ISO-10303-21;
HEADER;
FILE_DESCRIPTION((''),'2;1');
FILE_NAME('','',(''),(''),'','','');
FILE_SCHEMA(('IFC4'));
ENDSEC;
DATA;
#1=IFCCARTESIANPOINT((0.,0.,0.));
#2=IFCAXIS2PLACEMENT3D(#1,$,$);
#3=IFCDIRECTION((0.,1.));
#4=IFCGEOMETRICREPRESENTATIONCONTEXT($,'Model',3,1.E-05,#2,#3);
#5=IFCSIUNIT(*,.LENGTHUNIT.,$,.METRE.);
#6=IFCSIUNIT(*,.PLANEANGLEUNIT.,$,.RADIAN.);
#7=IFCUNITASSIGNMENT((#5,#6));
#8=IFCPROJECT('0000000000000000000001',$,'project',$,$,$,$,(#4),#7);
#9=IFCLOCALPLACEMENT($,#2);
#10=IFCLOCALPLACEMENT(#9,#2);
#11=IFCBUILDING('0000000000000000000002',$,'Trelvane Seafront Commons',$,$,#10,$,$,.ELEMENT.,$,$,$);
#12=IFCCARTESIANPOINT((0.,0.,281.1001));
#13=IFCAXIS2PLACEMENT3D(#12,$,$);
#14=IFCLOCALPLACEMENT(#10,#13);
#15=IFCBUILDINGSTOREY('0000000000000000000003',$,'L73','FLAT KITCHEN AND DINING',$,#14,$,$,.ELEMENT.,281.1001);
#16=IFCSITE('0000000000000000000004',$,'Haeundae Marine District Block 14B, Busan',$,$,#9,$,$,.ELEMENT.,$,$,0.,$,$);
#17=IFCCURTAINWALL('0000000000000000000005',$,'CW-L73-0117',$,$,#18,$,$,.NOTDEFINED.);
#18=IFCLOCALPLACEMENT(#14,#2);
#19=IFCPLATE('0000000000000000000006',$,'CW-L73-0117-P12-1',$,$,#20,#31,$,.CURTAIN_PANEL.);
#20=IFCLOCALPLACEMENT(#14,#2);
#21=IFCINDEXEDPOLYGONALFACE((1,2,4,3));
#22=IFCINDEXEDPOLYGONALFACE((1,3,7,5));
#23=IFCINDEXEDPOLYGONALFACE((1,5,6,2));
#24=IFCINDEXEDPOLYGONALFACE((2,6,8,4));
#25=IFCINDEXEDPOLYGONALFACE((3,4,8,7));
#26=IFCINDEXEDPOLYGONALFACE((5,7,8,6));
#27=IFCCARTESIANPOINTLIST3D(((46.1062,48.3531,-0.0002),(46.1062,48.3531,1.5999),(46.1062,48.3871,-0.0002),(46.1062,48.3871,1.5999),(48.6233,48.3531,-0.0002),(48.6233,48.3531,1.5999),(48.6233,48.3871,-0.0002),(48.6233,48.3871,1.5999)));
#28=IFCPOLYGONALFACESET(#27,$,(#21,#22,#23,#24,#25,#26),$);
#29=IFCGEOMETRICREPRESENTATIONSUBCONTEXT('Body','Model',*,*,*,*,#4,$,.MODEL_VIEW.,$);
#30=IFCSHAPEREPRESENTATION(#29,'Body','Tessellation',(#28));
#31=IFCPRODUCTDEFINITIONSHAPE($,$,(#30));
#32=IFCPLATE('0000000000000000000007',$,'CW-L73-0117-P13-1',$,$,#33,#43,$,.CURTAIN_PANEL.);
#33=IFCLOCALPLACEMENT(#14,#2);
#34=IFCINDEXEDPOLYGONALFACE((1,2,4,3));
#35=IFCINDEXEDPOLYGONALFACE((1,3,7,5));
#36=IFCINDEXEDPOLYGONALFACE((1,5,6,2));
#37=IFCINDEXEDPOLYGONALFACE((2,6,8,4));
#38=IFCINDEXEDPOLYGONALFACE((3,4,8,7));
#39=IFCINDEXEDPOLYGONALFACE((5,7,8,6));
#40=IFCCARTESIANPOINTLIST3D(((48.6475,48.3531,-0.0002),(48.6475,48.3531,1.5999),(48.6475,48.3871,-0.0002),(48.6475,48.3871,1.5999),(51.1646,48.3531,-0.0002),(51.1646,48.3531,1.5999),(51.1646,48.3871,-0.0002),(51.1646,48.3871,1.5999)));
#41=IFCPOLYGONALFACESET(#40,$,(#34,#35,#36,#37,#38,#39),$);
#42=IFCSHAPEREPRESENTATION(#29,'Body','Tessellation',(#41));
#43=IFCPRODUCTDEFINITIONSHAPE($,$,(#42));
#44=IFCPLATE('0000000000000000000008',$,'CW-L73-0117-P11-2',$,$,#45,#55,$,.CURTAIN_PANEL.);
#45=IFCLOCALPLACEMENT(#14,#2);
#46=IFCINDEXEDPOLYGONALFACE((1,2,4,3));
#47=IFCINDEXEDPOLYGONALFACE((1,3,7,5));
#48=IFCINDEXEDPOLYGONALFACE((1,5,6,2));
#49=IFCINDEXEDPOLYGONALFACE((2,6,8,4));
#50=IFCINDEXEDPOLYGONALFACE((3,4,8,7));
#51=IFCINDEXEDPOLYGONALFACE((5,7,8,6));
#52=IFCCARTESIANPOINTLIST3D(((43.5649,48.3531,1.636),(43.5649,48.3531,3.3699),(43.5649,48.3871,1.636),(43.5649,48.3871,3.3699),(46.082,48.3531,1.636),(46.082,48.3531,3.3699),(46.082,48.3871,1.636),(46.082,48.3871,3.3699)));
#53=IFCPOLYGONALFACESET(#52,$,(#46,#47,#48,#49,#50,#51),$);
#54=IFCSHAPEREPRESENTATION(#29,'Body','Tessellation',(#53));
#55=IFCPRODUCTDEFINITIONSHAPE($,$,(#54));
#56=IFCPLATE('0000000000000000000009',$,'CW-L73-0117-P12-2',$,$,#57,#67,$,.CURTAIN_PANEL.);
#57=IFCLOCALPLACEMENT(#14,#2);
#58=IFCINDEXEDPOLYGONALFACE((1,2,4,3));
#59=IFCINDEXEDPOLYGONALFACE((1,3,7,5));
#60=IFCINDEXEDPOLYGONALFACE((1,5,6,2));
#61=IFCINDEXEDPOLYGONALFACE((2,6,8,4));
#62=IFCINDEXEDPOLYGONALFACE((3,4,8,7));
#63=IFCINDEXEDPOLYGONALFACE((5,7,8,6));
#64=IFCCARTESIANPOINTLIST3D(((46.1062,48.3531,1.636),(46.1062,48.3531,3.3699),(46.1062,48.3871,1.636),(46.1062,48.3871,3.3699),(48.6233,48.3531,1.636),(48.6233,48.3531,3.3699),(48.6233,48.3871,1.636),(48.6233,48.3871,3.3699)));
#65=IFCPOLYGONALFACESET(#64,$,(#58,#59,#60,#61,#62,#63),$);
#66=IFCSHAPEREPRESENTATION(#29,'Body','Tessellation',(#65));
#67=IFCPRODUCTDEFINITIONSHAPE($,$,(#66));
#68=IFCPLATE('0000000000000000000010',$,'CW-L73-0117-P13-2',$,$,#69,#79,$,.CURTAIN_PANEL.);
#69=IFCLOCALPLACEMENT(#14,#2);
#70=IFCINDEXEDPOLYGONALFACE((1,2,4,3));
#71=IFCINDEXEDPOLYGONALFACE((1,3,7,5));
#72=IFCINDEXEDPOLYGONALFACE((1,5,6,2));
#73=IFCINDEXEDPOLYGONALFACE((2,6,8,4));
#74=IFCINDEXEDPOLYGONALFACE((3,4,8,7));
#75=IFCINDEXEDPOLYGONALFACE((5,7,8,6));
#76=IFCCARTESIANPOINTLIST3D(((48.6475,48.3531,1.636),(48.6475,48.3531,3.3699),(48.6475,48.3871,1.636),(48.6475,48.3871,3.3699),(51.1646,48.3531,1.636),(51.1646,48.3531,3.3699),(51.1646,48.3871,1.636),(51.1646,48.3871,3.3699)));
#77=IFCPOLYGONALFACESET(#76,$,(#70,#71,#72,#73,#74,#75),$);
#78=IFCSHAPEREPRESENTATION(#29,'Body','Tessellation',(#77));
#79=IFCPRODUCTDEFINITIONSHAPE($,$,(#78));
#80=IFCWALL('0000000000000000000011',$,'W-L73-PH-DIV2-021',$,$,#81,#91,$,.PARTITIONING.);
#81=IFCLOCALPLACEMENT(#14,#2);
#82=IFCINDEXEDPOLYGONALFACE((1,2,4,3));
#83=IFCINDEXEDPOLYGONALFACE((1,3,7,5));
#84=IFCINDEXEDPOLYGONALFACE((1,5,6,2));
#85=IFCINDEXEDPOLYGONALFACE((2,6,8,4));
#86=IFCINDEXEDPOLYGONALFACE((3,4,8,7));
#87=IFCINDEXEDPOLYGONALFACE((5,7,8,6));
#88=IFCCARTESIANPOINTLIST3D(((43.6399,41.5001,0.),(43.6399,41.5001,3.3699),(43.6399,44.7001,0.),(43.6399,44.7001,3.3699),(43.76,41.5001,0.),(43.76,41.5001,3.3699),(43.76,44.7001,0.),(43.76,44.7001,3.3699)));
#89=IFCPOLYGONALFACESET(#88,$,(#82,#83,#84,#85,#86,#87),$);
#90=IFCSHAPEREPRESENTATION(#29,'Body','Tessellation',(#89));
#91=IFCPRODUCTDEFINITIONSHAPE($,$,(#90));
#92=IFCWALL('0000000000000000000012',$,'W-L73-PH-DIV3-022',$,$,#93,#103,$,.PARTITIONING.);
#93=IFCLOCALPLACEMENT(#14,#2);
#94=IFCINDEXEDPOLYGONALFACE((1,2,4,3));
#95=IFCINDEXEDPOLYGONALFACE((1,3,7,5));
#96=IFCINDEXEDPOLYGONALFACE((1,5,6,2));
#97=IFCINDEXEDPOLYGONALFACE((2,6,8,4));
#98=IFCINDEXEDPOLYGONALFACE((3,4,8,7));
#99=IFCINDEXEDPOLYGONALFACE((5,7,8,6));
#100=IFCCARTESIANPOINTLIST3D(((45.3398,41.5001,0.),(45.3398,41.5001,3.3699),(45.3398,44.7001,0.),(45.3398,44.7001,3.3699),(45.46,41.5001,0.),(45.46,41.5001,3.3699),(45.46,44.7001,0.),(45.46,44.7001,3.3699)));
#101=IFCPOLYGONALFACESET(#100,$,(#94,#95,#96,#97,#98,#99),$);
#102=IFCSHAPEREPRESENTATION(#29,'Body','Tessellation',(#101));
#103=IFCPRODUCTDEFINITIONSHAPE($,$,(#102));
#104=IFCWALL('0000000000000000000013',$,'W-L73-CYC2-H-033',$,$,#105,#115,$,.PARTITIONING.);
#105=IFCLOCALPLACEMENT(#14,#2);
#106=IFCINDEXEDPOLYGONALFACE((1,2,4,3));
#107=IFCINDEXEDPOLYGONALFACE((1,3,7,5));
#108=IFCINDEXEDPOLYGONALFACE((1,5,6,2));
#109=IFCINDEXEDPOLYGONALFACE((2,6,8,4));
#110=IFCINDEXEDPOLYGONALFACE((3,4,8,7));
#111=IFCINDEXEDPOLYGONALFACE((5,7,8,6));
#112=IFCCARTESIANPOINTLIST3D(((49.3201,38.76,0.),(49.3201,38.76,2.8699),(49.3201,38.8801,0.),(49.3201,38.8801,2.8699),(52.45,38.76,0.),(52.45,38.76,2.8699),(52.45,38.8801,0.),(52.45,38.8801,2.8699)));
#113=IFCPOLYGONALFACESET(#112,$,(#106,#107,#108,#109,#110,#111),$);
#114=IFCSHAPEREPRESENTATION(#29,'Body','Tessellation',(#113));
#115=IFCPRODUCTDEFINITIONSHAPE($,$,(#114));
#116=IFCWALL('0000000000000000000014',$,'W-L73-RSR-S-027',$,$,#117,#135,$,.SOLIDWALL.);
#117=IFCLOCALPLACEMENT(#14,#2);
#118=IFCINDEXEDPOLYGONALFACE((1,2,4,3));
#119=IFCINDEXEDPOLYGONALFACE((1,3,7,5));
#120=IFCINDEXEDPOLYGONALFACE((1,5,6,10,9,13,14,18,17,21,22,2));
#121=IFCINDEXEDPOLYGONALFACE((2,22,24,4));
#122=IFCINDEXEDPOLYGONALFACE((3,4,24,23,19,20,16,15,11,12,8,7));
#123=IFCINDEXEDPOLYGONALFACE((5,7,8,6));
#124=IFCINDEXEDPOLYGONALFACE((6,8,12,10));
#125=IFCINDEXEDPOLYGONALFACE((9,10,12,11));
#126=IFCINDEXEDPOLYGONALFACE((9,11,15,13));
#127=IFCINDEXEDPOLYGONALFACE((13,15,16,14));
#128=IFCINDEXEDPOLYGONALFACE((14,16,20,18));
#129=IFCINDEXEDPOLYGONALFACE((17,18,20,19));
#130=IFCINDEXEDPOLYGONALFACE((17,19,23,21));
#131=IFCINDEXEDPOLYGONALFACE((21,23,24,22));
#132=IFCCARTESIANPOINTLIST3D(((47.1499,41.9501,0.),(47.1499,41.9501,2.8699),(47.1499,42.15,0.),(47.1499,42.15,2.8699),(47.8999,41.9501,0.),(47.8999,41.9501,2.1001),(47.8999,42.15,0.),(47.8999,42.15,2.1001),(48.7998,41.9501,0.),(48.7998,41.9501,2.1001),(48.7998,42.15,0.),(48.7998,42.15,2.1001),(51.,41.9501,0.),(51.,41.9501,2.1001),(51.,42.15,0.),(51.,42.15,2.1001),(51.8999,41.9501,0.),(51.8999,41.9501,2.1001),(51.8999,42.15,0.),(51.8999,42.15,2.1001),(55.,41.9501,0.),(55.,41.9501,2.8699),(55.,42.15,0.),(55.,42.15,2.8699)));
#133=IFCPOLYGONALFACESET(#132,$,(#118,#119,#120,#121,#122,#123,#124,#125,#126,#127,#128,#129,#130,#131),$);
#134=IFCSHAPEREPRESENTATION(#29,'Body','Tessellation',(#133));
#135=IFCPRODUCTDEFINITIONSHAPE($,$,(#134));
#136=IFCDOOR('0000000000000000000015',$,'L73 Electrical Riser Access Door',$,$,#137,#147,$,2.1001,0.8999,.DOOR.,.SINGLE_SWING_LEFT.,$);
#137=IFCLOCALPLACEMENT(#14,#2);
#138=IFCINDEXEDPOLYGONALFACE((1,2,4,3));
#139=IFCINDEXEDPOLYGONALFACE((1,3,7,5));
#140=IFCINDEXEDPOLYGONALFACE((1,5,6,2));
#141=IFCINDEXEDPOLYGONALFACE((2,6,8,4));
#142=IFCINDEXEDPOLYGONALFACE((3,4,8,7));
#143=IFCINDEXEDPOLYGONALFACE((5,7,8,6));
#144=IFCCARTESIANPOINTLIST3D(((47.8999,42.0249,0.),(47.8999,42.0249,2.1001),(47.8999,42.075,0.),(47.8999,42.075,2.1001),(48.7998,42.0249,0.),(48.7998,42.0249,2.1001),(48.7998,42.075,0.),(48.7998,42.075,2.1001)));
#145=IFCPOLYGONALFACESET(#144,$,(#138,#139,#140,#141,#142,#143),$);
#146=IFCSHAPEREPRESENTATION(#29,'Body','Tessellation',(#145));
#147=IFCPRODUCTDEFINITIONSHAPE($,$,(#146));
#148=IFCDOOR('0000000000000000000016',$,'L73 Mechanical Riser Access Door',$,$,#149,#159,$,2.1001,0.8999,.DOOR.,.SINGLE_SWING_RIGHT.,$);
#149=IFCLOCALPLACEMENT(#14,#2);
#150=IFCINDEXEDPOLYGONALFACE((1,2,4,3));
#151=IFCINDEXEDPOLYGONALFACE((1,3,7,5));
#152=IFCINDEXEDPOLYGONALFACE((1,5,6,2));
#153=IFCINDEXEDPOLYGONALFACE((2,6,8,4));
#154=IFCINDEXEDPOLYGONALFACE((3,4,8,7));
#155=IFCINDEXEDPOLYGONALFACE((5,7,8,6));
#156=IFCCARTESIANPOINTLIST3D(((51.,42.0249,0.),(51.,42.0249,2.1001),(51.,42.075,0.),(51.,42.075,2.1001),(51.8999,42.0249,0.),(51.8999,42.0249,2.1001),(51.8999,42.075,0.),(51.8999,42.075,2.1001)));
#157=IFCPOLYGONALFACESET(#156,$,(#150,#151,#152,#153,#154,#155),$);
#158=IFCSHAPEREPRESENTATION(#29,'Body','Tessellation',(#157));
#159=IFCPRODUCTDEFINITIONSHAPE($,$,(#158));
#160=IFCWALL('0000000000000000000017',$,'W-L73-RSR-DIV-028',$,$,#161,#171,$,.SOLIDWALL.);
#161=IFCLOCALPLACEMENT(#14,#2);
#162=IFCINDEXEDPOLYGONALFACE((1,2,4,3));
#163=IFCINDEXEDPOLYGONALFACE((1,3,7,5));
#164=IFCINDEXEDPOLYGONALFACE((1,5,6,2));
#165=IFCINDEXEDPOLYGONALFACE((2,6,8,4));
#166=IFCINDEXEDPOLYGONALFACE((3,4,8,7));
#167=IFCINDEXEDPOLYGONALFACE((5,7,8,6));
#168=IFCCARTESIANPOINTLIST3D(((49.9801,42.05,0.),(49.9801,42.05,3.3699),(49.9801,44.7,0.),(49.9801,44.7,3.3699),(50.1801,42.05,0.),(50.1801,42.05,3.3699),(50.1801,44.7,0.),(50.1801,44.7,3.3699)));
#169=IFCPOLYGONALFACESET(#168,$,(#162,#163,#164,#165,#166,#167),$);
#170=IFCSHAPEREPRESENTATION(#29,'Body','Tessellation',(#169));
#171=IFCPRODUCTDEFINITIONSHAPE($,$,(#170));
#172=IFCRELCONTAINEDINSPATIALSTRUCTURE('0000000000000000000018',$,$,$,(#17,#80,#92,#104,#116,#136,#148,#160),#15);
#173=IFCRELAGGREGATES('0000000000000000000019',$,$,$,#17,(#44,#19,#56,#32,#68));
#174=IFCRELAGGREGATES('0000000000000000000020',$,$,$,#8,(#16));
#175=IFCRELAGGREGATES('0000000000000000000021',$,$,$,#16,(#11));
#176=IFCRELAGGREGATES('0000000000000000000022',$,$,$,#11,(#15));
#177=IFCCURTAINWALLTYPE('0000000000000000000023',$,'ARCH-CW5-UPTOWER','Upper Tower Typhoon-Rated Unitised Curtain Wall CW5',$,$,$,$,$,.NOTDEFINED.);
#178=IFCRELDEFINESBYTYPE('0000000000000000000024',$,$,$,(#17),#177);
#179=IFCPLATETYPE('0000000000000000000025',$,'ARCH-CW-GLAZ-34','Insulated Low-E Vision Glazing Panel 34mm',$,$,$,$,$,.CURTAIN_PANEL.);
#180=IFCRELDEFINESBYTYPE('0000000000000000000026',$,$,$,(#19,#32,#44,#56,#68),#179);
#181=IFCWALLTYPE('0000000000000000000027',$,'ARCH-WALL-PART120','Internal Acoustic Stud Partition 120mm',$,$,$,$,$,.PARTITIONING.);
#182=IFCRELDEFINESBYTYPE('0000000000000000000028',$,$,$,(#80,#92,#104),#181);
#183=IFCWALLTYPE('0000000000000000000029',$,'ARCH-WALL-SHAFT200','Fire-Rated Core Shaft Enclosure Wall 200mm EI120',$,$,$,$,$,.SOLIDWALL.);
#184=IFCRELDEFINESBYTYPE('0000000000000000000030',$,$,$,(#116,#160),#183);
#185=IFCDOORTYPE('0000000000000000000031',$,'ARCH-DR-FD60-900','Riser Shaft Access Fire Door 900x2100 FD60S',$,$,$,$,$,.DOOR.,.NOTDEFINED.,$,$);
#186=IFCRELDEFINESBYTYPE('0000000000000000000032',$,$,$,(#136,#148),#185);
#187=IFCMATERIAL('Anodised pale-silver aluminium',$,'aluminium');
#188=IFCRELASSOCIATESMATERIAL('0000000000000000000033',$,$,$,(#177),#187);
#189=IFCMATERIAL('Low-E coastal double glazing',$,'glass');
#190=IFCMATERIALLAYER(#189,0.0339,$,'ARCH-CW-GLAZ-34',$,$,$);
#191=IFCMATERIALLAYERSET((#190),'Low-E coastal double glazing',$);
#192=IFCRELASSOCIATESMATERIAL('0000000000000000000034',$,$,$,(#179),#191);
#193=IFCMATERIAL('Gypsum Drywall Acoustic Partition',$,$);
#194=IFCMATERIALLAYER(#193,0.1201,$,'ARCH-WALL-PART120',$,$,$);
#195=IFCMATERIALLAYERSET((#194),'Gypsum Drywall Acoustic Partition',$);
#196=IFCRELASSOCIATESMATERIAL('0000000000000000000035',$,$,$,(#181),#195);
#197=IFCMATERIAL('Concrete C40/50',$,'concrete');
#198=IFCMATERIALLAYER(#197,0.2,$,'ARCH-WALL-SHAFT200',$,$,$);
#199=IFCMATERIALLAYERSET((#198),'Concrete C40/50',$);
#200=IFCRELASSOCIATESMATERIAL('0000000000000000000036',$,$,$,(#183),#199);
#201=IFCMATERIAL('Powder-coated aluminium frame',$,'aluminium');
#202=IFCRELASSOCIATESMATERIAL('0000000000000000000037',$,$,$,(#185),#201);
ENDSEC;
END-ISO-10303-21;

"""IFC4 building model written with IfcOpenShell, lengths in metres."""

from ifc_helpers import new_model, si_unit, direction, frame, frame_2d, origin, origin_2d, place, context, subcontext, project, spatial, rectangle, extrude, source, transform, mapped, material, layer, layer_set, type_object, element, fill, aggregate, save


model = new_model("IFC4")

# Units and contexts
model_context = context("Model", 3, precision=1e-05, world=origin(), true_north=direction((0.0, 1.0)))
body_context = subcontext(model_context, "Body", "Model", "MODEL_VIEW")
ifc_project = project(units=[si_unit("LENGTHUNIT", "METRE"), si_unit("PLANEANGLEUNIT", "RADIAN")], contexts=[model_context])

# Site, building, storey
site_placement = place(None, origin())
site = spatial("IfcSite", under=ifc_project, at=site_placement, Name="Haeundae Marine District Block 14B, Busan", CompositionType="ELEMENT", RefElevation=0.0)
building_placement = place(site_placement, origin())
building = spatial("IfcBuilding", under=site, at=building_placement, Name="Trelvane Seafront Commons", CompositionType="ELEMENT")
storey_placement = place(building_placement, frame((0.0, 0.0, 281.1001)))
storey = spatial("IfcBuildingStorey", under=building, at=storey_placement, Name="L73", Description="FLAT KITCHEN AND DINING", CompositionType="ELEMENT", Elevation=281.1001)

# Curtain wall
ifc_material_1 = material(Name="Anodised pale-silver aluminium", Category="aluminium")
curtain_wall_type = type_object("IfcCurtainWallType", Name="ARCH-CW5-UPTOWER", Description="Upper Tower Typhoon-Rated Unitised Curtain Wall CW5", PredefinedType="NOTDEFINED", material=ifc_material_1)
curtain_wall_placement = place(storey_placement, origin())
curtain_wall = element("IfcCurtainWall", 1, at=curtain_wall_placement, inside=storey, type_object=curtain_wall_type, Name="CW-L73-0117", PredefinedType="NOTDEFINED")

# Plates
ifc_material_2 = material(Name="Low-E coastal double glazing", Category="glass")
ifc_layer_1 = layer(ifc_material_2, 0.0339, Name="ARCH-CW-GLAZ-34")
ifc_layer_set_1 = layer_set([ifc_layer_1], Name="Low-E coastal double glazing")
plate_type_1 = type_object("IfcPlateType", Name="ARCH-CW-GLAZ-34", Description="Insulated Low-E Vision Glazing Panel 34mm", PredefinedType="CURTAIN_PANEL", material=ifc_layer_set_1)
shared_shape_1 = source(origin(), body_context, "Body", "SweptSolid", [
    extrude(rectangle(XDim=2.5171, YDim=0.0339, at=origin_2d()), origin(), (0.0, 0.0, 1.0), 1.6001),
])
plate_1_placement = place(storey_placement, frame((47.3647, 48.3701, -0.0002), z_axis=(0.0, 0.0, 1.0), x_axis=(1.0, 0.0, 0.0)))
plate_1 = element("IfcPlate", 2, at=plate_1_placement, type_object=plate_type_1, Name="CW-L73-0117-P12-1", PredefinedType="CURTAIN_PANEL", context=body_context, shape_type="MappedRepresentation", body=[
    mapped(shared_shape_1, transform((0.0, 0.0, 0.0), x_axis=(1.0, 0.0, 0.0), y_axis=(0.0, 1.0, 0.0), z_axis=(0.0, 0.0, 1.0), scale=1.0)),
])
plate_2_placement = place(storey_placement, frame((49.906, 48.3701, -0.0002), z_axis=(0.0, 0.0, 1.0), x_axis=(1.0, 0.0, 0.0)))
plate_2 = element("IfcPlate", 3, at=plate_2_placement, type_object=plate_type_1, Name="CW-L73-0117-P13-1", PredefinedType="CURTAIN_PANEL", context=body_context, shape_type="MappedRepresentation", body=[
    mapped(shared_shape_1, transform((0.0, 0.0, 0.0), x_axis=(1.0, 0.0, 0.0), y_axis=(0.0, 1.0, 0.0), z_axis=(0.0, 0.0, 1.0), scale=1.0)),
])
shared_shape_2 = source(origin(), body_context, "Body", "SweptSolid", [
    extrude(rectangle(XDim=2.5171, YDim=0.0339, at=origin_2d()), origin(), (0.0, 0.0, 1.0), 1.7339),
])
plate_3_placement = place(storey_placement, frame((44.8235, 48.3701, 1.636), z_axis=(0.0, 0.0, 1.0), x_axis=(1.0, 0.0, 0.0)))
plate_3 = element("IfcPlate", 4, at=plate_3_placement, type_object=plate_type_1, Name="CW-L73-0117-P11-2", PredefinedType="CURTAIN_PANEL", context=body_context, shape_type="MappedRepresentation", body=[
    mapped(shared_shape_2, transform((0.0, 0.0, 0.0), x_axis=(1.0, 0.0, 0.0), y_axis=(0.0, 1.0, 0.0), z_axis=(0.0, 0.0, 1.0), scale=1.0)),
])
plate_4_placement = place(storey_placement, frame((47.3647, 48.3701, 1.636), z_axis=(0.0, 0.0, 1.0), x_axis=(1.0, 0.0, 0.0)))
plate_4 = element("IfcPlate", 5, at=plate_4_placement, type_object=plate_type_1, Name="CW-L73-0117-P12-2", PredefinedType="CURTAIN_PANEL", context=body_context, shape_type="MappedRepresentation", body=[
    mapped(shared_shape_2, transform((0.0, 0.0, 0.0), x_axis=(1.0, 0.0, 0.0), y_axis=(0.0, 1.0, 0.0), z_axis=(0.0, 0.0, 1.0), scale=1.0)),
])
plate_5_placement = place(storey_placement, frame((49.906, 48.3701, 1.636), z_axis=(0.0, 0.0, 1.0), x_axis=(1.0, 0.0, 0.0)))
plate_5 = element("IfcPlate", 6, at=plate_5_placement, type_object=plate_type_1, Name="CW-L73-0117-P13-2", PredefinedType="CURTAIN_PANEL", context=body_context, shape_type="MappedRepresentation", body=[
    mapped(shared_shape_2, transform((0.0, 0.0, 0.0), x_axis=(1.0, 0.0, 0.0), y_axis=(0.0, 1.0, 0.0), z_axis=(0.0, 0.0, 1.0), scale=1.0)),
])
aggregate(curtain_wall, [plate_3, plate_1, plate_4, plate_2, plate_5])

# Walls
ifc_material_3 = material(Name="Gypsum Drywall Acoustic Partition")
ifc_layer_2 = layer(ifc_material_3, 0.1201, Name="ARCH-WALL-PART120")
ifc_layer_set_2 = layer_set([ifc_layer_2], Name="Gypsum Drywall Acoustic Partition")
wall_type_1 = type_object("IfcWallType", Name="ARCH-WALL-PART120", Description="Internal Acoustic Stud Partition 120mm", PredefinedType="PARTITIONING", material=ifc_layer_set_2)
for number, where, z_axis, x_axis, name in (
    (7, (43.7, 41.5, 0.0), (0.0, 0.0, 1.0), (0.0, 1.0, 0.0), "W-L73-PH-DIV2-021"),
    (8, (45.3999, 41.5, 0.0), (0.0, 0.0, 1.0), (0.0, 1.0, 0.0), "W-L73-PH-DIV3-022"),
):
    element("IfcWall", number, at=place(storey_placement, frame(where, z_axis=z_axis, x_axis=x_axis)), inside=storey, type_object=wall_type_1, Name=name, PredefinedType="PARTITIONING", context=body_context, shape_type="SweptSolid", body=[
        extrude(rectangle(XDim=3.2, YDim=0.1201, at=frame_2d((1.6001, 0.0))), origin(), (0.0, 0.0, 1.0), 3.3699),
    ])
wall_1_placement = place(storey_placement, frame((49.3201, 38.8201, 0.0), z_axis=(0.0, 0.0, 1.0), x_axis=(1.0, 0.0, 0.0)))
element("IfcWall", 9, at=wall_1_placement, inside=storey, type_object=wall_type_1, Name="W-L73-CYC2-H-033", PredefinedType="PARTITIONING", context=body_context, shape_type="SweptSolid", body=[
    extrude(rectangle(XDim=3.1299, YDim=0.1201, at=frame_2d((1.5649, 0.0))), origin(), (0.0, 0.0, 1.0), 2.8699),
])

# Wall, openings, doors
ifc_material_4 = material(Name="Concrete C40/50", Category="concrete")
ifc_layer_3 = layer(ifc_material_4, 0.2, Name="ARCH-WALL-SHAFT200")
ifc_layer_set_3 = layer_set([ifc_layer_3], Name="Concrete C40/50")
wall_type_2 = type_object("IfcWallType", Name="ARCH-WALL-SHAFT200", Description="Fire-Rated Core Shaft Enclosure Wall 200mm EI120", PredefinedType="SOLIDWALL", material=ifc_layer_set_3)
wall_2_placement = place(storey_placement, frame((47.1499, 42.05, 0.0), z_axis=(0.0, 0.0, 1.0), x_axis=(1.0, 0.0, 0.0)))
wall_2 = element("IfcWall", 10, at=wall_2_placement, inside=storey, type_object=wall_type_2, Name="W-L73-RSR-S-027", PredefinedType="SOLIDWALL", context=body_context, shape_type="SweptSolid", body=[
    extrude(rectangle(XDim=7.8501, YDim=0.2, at=frame_2d((3.925, 0.0))), origin(), (0.0, 0.0, 1.0), 2.8699),
])
opening_1_placement = place(wall_2_placement, frame((0.75, 0.0, 0.0)))
opening_1 = element("IfcOpeningElement", 11, at=opening_1_placement, cuts=wall_2, PredefinedType="OPENING", context=body_context, shape_type="SweptSolid", body=[
    extrude(rectangle(XDim=0.8999, YDim=2.1001, at=frame_2d((0.45, 1.05))), frame((0.0, 0.1099, 0.0), z_axis=(0.0, -1.0, 0.0), x_axis=(1.0, 0.0, 0.0)), (0.0, 0.0, 1.0), 0.22),
])
opening_2_placement = place(wall_2_placement, frame((3.8501, 0.0, 0.0)))
opening_2 = element("IfcOpeningElement", 12, at=opening_2_placement, cuts=wall_2, PredefinedType="OPENING", context=body_context, shape_type="SweptSolid", body=[
    extrude(rectangle(XDim=0.8999, YDim=2.1001, at=frame_2d((0.45, 1.05))), frame((0.0, 0.1099, 0.0), z_axis=(0.0, -1.0, 0.0), x_axis=(1.0, 0.0, 0.0)), (0.0, 0.0, 1.0), 0.22),
])
ifc_material_5 = material(Name="Powder-coated aluminium frame", Category="aluminium")
door_type = type_object("IfcDoorType", Name="ARCH-DR-FD60-900", Description="Riser Shaft Access Fire Door 900x2100 FD60S", OperationType="NOTDEFINED", PredefinedType="DOOR", material=ifc_material_5)
shared_shape_3 = source(origin(), body_context, "Body", "SweptSolid", [
    extrude(rectangle(XDim=0.8999, YDim=2.1001, at=frame_2d((0.45, 1.05))), frame((0.0, 0.0249, 0.0), z_axis=(0.0, -1.0, 0.0), x_axis=(1.0, 0.0, 0.0)), (0.0, 0.0, 1.0), 0.05),
])
door_1_placement = place(opening_1_placement, origin())
door_1 = element("IfcDoor", 13, at=door_1_placement, inside=storey, type_object=door_type, Name="L73 Electrical Riser Access Door", OperationType="SINGLE_SWING_LEFT", OverallHeight=2.1001, OverallWidth=0.8999, PredefinedType="DOOR", context=body_context, shape_type="MappedRepresentation", body=[
    mapped(shared_shape_3, transform((0.0, 0.0, 0.0), x_axis=(1.0, 0.0, 0.0), y_axis=(0.0, 1.0, 0.0), z_axis=(0.0, 0.0, 1.0), scale=1.0)),
])
fill(opening_1, door_1)
door_2_placement = place(opening_2_placement, origin())
door_2 = element("IfcDoor", 14, at=door_2_placement, inside=storey, type_object=door_type, Name="L73 Mechanical Riser Access Door", OperationType="SINGLE_SWING_RIGHT", OverallHeight=2.1001, OverallWidth=0.8999, PredefinedType="DOOR", context=body_context, shape_type="MappedRepresentation", body=[
    mapped(shared_shape_3, transform((0.0, 0.0, 0.0), x_axis=(1.0, 0.0, 0.0), y_axis=(0.0, 1.0, 0.0), z_axis=(0.0, 0.0, 1.0), scale=1.0)),
])
fill(opening_2, door_2)

# Wall
wall_3_placement = place(storey_placement, frame((50.0801, 42.05, 0.0), z_axis=(0.0, 0.0, 1.0), x_axis=(0.0, 1.0, 0.0)))
element("IfcWall", 15, at=wall_3_placement, inside=storey, type_object=wall_type_2, Name="W-L73-RSR-DIV-028", PredefinedType="SOLIDWALL", context=body_context, shape_type="SweptSolid", body=[
    extrude(rectangle(XDim=2.6499, YDim=0.2, at=frame_2d((1.325, 0.0))), origin(), (0.0, 0.0, 1.0), 3.3699),
])

save(model, "model.ifc")
